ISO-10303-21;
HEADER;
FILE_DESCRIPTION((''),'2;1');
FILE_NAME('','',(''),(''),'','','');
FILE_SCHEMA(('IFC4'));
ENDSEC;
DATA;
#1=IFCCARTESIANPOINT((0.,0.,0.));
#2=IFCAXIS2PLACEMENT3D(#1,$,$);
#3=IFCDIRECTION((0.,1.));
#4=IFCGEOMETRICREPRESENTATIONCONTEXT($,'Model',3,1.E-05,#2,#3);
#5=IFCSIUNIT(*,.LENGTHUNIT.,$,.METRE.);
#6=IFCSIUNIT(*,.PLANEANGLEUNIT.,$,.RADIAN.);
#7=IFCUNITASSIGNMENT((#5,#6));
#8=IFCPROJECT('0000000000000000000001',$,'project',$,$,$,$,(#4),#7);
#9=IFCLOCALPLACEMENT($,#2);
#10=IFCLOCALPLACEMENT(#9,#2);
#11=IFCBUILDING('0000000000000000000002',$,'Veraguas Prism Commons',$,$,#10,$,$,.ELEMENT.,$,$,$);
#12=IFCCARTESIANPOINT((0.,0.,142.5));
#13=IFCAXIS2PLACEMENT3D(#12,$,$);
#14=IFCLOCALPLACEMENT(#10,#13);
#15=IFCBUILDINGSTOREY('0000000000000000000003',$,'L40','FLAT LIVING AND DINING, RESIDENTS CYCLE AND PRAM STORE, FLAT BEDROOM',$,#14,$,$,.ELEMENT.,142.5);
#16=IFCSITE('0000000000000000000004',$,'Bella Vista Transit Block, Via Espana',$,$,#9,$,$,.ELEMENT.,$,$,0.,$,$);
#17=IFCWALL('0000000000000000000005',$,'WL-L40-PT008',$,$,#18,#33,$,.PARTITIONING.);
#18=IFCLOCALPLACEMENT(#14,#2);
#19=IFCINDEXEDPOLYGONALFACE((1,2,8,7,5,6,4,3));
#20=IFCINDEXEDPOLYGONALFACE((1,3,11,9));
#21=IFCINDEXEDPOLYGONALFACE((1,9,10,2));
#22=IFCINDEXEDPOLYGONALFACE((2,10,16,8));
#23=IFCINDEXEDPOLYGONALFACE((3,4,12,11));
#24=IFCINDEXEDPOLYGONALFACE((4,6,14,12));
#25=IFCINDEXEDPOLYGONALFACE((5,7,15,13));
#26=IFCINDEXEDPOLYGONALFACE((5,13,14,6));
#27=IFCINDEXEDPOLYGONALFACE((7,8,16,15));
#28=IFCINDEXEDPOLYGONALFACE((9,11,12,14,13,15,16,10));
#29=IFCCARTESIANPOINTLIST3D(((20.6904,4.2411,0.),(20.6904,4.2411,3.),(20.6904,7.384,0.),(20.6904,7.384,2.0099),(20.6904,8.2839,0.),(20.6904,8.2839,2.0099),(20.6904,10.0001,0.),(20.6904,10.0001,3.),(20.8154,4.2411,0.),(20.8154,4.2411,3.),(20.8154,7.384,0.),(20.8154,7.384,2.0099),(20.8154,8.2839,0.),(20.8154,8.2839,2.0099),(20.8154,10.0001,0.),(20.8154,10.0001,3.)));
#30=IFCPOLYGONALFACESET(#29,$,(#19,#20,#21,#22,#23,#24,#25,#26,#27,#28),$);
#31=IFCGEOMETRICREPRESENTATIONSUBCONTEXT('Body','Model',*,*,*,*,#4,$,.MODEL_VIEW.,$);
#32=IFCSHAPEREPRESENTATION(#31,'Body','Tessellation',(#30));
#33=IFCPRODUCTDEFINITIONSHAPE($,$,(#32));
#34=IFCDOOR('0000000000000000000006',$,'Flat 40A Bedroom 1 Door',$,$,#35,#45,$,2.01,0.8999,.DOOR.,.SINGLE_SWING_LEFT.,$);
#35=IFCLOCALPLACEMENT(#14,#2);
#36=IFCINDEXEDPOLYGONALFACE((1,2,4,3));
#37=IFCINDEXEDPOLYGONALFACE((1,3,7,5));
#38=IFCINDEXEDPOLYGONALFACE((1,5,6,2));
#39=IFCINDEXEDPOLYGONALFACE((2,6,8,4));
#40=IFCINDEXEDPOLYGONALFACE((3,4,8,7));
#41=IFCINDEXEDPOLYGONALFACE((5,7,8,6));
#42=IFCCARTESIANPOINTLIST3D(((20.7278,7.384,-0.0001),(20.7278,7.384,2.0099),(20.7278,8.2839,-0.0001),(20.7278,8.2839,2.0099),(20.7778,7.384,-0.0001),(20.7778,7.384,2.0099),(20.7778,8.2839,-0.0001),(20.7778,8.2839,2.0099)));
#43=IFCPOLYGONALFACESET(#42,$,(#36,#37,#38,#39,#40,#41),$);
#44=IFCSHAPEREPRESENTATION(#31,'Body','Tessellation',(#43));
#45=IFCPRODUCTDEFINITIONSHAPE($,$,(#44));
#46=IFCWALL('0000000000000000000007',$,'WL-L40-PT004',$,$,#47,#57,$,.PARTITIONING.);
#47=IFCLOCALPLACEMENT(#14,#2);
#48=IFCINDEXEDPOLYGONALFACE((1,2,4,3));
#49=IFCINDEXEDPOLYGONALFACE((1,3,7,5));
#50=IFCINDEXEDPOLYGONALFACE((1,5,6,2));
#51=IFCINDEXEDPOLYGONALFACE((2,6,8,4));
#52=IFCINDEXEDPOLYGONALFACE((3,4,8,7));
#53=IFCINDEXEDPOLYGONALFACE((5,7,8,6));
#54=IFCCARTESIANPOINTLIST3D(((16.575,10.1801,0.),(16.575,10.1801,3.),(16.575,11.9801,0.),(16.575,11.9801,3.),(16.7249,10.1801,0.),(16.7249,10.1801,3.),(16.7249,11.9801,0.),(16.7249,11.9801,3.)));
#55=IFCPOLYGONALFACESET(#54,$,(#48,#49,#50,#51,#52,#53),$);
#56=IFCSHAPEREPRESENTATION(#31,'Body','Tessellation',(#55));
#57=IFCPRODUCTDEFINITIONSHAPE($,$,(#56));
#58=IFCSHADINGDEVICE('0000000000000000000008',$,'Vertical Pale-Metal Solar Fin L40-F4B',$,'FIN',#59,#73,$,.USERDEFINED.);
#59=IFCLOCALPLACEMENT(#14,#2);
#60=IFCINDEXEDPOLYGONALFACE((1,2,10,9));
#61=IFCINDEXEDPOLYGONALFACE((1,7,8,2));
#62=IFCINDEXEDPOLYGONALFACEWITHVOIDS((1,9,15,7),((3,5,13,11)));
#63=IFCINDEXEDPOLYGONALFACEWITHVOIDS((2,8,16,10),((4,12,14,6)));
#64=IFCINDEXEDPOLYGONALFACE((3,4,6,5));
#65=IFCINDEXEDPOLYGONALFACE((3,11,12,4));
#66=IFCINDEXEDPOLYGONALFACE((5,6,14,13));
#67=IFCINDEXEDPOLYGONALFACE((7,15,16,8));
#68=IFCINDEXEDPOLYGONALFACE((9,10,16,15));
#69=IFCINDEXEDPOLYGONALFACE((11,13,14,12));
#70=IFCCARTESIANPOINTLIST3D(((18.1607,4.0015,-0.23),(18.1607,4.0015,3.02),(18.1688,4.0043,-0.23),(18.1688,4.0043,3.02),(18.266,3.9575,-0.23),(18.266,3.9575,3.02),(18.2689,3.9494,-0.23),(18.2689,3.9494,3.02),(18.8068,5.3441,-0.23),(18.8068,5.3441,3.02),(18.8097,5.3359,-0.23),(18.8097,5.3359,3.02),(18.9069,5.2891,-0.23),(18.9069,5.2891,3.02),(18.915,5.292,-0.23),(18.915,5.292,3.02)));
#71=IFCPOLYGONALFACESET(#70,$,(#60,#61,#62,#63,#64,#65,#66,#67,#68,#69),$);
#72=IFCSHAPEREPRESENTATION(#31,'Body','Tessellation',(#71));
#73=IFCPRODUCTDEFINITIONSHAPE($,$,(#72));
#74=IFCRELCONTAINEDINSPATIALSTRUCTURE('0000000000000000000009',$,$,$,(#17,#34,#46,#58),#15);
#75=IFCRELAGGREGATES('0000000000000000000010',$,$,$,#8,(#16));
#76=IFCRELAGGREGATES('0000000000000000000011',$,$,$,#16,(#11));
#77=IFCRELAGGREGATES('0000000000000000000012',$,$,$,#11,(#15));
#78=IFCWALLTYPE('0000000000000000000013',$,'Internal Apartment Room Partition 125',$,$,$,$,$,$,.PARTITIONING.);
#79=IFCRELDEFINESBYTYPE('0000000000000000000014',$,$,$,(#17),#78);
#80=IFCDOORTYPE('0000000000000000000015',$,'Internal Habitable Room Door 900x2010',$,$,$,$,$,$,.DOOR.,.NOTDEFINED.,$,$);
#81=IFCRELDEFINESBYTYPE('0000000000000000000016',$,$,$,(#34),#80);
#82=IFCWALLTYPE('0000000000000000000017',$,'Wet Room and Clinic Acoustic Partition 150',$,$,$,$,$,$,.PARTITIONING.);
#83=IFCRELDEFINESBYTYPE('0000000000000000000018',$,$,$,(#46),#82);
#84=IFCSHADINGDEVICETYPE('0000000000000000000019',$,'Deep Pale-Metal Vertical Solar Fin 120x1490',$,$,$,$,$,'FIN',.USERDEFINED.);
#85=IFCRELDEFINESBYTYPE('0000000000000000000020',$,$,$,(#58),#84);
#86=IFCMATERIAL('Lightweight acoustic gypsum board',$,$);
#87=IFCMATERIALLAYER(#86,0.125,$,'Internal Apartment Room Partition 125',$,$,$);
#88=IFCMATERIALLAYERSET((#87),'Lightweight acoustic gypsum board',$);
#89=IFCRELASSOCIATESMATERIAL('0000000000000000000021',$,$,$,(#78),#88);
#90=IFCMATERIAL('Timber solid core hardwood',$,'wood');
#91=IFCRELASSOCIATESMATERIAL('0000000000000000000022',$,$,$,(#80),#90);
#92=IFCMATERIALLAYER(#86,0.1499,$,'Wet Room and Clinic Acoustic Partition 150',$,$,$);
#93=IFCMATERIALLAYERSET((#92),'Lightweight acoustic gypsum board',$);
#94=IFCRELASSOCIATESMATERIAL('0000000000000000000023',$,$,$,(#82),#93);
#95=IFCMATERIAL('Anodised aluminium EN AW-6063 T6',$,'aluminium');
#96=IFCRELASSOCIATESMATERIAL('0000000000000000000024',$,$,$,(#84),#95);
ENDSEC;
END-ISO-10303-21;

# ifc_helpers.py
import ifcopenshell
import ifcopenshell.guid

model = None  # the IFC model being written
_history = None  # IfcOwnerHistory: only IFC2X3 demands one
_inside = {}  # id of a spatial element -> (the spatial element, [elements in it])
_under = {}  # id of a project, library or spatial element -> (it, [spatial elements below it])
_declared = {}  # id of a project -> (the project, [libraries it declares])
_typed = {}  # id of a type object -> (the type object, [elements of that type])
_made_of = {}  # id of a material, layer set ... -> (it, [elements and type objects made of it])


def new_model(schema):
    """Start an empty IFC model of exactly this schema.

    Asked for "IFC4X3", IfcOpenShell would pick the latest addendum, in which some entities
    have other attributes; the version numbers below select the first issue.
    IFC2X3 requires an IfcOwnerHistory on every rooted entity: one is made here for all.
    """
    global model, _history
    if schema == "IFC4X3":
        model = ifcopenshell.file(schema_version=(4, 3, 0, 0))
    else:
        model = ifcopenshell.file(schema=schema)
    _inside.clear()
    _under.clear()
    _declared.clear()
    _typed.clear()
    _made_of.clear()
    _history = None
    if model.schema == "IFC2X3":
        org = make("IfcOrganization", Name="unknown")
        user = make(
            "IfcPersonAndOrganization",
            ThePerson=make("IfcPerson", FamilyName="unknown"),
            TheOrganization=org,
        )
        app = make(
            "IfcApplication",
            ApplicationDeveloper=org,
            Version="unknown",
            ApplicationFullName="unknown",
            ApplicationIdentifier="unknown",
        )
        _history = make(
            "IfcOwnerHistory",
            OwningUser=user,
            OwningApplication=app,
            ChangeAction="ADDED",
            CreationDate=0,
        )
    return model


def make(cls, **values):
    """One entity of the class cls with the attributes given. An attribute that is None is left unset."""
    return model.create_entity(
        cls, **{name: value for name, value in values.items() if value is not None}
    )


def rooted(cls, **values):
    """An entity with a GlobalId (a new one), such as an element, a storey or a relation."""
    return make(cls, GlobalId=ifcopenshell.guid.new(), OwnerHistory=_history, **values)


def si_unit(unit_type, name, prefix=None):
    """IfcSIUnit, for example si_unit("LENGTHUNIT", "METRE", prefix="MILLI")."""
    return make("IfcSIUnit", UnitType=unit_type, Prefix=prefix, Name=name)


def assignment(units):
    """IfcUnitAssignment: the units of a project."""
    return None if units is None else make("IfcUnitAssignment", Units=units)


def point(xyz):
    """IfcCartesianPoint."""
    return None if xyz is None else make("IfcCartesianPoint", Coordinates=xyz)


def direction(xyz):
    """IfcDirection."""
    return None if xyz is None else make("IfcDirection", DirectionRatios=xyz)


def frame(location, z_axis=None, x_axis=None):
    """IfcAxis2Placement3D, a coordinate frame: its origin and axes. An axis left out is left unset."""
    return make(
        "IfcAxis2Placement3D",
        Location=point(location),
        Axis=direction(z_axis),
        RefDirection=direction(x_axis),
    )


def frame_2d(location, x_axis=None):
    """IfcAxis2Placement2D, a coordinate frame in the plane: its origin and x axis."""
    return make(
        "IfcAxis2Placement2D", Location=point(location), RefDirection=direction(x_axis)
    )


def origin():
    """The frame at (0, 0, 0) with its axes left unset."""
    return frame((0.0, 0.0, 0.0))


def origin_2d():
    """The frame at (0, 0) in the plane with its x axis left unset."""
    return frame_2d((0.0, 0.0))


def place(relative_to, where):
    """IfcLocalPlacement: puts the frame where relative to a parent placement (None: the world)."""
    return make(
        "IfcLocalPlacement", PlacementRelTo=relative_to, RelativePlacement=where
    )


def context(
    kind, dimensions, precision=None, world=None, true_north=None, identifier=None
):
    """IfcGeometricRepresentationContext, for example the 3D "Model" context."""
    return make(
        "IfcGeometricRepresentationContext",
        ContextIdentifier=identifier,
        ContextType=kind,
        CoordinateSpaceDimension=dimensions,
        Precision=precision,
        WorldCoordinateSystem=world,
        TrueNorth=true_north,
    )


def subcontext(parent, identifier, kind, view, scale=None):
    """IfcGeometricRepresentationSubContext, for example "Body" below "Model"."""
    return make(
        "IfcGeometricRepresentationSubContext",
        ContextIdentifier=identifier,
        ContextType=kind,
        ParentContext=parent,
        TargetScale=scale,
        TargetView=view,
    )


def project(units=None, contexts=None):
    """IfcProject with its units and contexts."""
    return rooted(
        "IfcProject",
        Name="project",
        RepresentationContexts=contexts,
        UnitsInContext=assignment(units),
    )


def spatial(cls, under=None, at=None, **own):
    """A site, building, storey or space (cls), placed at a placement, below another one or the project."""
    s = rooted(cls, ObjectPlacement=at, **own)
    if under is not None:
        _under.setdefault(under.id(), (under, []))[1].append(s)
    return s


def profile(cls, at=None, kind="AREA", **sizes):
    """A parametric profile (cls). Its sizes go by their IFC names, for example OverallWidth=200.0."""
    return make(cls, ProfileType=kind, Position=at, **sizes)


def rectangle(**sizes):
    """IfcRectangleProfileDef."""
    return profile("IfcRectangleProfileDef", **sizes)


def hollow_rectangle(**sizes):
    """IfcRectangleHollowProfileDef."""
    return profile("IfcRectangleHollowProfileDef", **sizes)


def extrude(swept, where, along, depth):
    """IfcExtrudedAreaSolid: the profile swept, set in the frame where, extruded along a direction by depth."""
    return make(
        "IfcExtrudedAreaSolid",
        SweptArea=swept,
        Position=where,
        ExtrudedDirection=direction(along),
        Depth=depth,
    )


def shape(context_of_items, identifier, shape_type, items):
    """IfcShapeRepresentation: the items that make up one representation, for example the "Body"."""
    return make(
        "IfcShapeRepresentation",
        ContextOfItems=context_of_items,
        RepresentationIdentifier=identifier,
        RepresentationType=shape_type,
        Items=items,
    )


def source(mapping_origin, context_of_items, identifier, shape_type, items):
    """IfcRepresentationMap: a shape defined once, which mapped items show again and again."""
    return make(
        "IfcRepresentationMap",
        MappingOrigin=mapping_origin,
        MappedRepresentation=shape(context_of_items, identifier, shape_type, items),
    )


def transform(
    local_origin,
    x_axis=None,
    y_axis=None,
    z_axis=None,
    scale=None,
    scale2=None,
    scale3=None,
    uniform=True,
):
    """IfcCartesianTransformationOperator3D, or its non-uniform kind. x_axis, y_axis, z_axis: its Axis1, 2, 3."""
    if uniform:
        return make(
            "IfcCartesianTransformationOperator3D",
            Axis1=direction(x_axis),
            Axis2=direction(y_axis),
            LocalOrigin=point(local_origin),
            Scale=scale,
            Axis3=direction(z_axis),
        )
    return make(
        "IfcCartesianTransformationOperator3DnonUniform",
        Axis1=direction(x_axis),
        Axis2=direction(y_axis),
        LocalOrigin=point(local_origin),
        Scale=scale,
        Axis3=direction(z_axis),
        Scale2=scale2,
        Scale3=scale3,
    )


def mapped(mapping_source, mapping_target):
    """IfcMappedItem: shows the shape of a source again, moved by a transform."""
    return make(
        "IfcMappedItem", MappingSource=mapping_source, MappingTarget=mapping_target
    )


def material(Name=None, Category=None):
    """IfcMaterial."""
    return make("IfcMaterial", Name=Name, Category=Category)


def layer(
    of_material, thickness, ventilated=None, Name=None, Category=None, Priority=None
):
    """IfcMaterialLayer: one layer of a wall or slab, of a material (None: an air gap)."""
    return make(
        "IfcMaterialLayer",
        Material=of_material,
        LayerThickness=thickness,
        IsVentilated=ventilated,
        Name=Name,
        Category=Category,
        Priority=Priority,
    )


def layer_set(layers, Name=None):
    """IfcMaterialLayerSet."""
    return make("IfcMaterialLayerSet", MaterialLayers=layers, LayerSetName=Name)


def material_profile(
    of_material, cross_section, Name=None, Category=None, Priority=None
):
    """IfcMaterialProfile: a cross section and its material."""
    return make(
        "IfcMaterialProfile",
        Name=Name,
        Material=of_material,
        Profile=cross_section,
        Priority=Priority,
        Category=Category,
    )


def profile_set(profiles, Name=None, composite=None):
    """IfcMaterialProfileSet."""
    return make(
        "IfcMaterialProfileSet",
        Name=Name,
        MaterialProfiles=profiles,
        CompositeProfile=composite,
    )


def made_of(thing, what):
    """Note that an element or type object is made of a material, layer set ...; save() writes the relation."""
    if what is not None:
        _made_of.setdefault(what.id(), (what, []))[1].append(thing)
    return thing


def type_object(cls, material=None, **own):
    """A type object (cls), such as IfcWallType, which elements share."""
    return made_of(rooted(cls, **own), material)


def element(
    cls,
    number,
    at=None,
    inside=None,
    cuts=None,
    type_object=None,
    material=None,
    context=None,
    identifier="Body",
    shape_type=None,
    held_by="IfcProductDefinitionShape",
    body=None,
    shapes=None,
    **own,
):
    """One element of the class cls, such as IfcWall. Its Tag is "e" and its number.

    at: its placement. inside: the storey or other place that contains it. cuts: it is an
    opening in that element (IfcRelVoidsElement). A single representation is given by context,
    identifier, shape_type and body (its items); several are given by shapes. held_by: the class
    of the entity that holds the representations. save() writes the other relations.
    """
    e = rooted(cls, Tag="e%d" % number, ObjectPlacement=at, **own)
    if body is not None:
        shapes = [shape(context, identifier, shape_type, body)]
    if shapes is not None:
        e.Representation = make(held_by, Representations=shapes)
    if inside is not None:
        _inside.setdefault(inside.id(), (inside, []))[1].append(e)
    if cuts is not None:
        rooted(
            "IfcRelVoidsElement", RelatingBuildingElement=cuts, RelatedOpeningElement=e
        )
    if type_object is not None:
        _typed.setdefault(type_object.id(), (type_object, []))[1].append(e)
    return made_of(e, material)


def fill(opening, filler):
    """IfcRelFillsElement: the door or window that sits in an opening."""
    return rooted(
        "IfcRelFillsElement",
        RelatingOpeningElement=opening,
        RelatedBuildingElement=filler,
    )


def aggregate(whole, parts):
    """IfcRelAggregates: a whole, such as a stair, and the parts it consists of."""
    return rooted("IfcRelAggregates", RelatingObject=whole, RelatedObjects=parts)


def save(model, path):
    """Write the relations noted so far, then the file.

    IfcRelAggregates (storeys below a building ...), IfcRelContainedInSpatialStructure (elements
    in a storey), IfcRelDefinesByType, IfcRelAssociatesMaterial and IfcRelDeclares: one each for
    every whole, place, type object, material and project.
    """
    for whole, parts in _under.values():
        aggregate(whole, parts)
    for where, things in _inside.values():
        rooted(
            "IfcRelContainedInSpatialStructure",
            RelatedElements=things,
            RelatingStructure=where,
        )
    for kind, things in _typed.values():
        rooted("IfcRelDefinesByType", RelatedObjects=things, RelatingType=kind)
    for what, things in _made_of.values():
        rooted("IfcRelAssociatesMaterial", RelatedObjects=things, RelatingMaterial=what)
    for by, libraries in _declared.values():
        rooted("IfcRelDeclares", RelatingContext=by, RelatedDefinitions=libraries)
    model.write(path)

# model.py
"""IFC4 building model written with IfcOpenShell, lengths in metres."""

from ifc_helpers import new_model, si_unit, direction, frame, frame_2d, origin, origin_2d, place, context, subcontext, project, spatial, rectangle, hollow_rectangle, extrude, source, transform, mapped, material, layer, layer_set, material_profile, profile_set, type_object, element, fill, save


model = new_model("IFC4")

# Units and contexts
model_context = context("Model", 3, precision=1e-05, world=origin(), true_north=direction((0.0, 1.0)))
body_context = subcontext(model_context, "Body", "Model", "MODEL_VIEW")
ifc_project = project(units=[si_unit("LENGTHUNIT", "METRE"), si_unit("PLANEANGLEUNIT", "RADIAN")], contexts=[model_context])

# Site, building, storey
site_placement = place(None, origin())
site = spatial("IfcSite", under=ifc_project, at=site_placement, Name="Bella Vista Transit Block, Via Espana", CompositionType="ELEMENT", RefElevation=0.0)
building_placement = place(site_placement, origin())
building = spatial("IfcBuilding", under=site, at=building_placement, Name="Veraguas Prism Commons", CompositionType="ELEMENT")
storey_placement = place(building_placement, frame((0.0, 0.0, 142.5)))
storey = spatial("IfcBuildingStorey", under=building, at=storey_placement, Name="L40", Description="FLAT LIVING AND DINING, RESIDENTS CYCLE AND PRAM STORE, FLAT BEDROOM", CompositionType="ELEMENT", Elevation=142.5)

# Shared definitions
ifc_material_1 = material(Name="Anodised aluminium EN AW-6063 T6", Category="aluminium")

# Shared definitions
shared_shape_1 = source(origin(), body_context, "Body", "SweptSolid", [
    extrude(rectangle(XDim=0.8999, YDim=2.01, at=frame_2d((0.45, 1.0049))), frame((0.0, 0.0249, 0.0), z_axis=(0.0, -1.0, 0.0), x_axis=(1.0, 0.0, 0.0)), (0.0, 0.0, 1.0), 0.05),
])
ifc_material_2 = material(Name="Lightweight acoustic gypsum board")
ifc_layer_1 = layer(ifc_material_2, 0.125, Name="Internal Apartment Room Partition 125")
ifc_layer_set_1 = layer_set([ifc_layer_1], Name="Lightweight acoustic gypsum board")
wall_type_1 = type_object("IfcWallType", Name="Internal Apartment Room Partition 125", PredefinedType="PARTITIONING", material=ifc_layer_set_1)
ifc_material_3 = material(Name="Timber solid core hardwood", Category="wood")
door_type_1 = type_object("IfcDoorType", Name="Internal Habitable Room Door 900x2010", OperationType="NOTDEFINED", PredefinedType="DOOR", material=ifc_material_3)

# Wall, opening, door
wall_1_placement = place(storey_placement, frame((20.7529, 10.0, 0.0), z_axis=(0.0, 0.0, 1.0), x_axis=(0.0, -1.0, 0.0)))
wall_1 = element("IfcWall", 1, at=wall_1_placement, inside=storey, type_object=wall_type_1, Name="WL-L40-PT008", PredefinedType="PARTITIONING", context=body_context, shape_type="SweptSolid", body=[
    extrude(rectangle(XDim=5.759, YDim=0.125, at=frame_2d((2.8794, 0.0))), origin(), (0.0, 0.0, 1.0), 3.0),
])
opening_1_placement = place(wall_1_placement, frame((1.7161, 0.0, 0.0)))
opening_1 = element("IfcOpeningElement", 2, at=opening_1_placement, cuts=wall_1, PredefinedType="OPENING", context=body_context, shape_type="SweptSolid", body=[
    extrude(rectangle(XDim=0.8999, YDim=2.01, at=frame_2d((0.45, 1.0049))), frame((0.0, 0.0725, 0.0), z_axis=(0.0, -1.0, 0.0), x_axis=(1.0, 0.0, 0.0)), (0.0, 0.0, 1.0), 0.145),
])
door_1_placement = place(opening_1_placement, origin())
door_1 = element("IfcDoor", 3, at=door_1_placement, inside=storey, type_object=door_type_1, Name="Flat 40A Bedroom 1 Door", OperationType="SINGLE_SWING_LEFT", OverallHeight=2.01, OverallWidth=0.8999, PredefinedType="DOOR", context=body_context, shape_type="MappedRepresentation", body=[
    mapped(shared_shape_1, transform((0.0, 0.0, 0.0), scale=1.0)),
])
fill(opening_1, door_1)

# Wall
ifc_layer_2 = layer(ifc_material_2, 0.1499, Name="Wet Room and Clinic Acoustic Partition 150")
ifc_layer_set_2 = layer_set([ifc_layer_2], Name="Lightweight acoustic gypsum board")
wall_type_2 = type_object("IfcWallType", Name="Wet Room and Clinic Acoustic Partition 150", PredefinedType="PARTITIONING", material=ifc_layer_set_2)
wall_2_placement = place(storey_placement, frame((16.6499, 11.98, 0.0), z_axis=(0.0, 0.0, 1.0), x_axis=(0.0, -1.0, 0.0)))
element("IfcWall", 4, at=wall_2_placement, inside=storey, type_object=wall_type_2, Name="WL-L40-PT004", PredefinedType="PARTITIONING", context=body_context, shape_type="SweptSolid", body=[
    extrude(rectangle(XDim=1.8, YDim=0.1499, at=frame_2d((0.8999, 0.0))), origin(), (0.0, 0.0, 1.0), 3.0),
])

# Shading device
ifc_material_profile_1 = material_profile(ifc_material_1, hollow_rectangle(XDim=0.1201, YDim=1.49, WallThickness=0.0061, at=origin_2d()), Name="FIN120X1490X6")
ifc_profile_set_1 = profile_set([ifc_material_profile_1], Name="Anodised aluminium EN AW-6063 T6")
shading_device_type = type_object("IfcShadingDeviceType", Name="Deep Pale-Metal Vertical Solar Fin 120x1490", ElementType="FIN", PredefinedType="USERDEFINED", material=ifc_profile_set_1)
shading_device_placement = place(storey_placement, frame((18.5378, 4.6467, -0.23), z_axis=(0.0, 0.0, 1.0), x_axis=(0.901077, -0.433659, 0.0)))
element("IfcShadingDevice", 5, at=shading_device_placement, inside=storey, type_object=shading_device_type, Name="Vertical Pale-Metal Solar Fin L40-F4B", ObjectType="FIN", PredefinedType="USERDEFINED", context=body_context, shape_type="SweptSolid", body=[
    extrude(hollow_rectangle(XDim=0.1201, YDim=1.49, WallThickness=0.0061, at=origin_2d()), origin(), (0.0, 0.0, 1.0), 3.25),
])

save(model, "model.ifc")
